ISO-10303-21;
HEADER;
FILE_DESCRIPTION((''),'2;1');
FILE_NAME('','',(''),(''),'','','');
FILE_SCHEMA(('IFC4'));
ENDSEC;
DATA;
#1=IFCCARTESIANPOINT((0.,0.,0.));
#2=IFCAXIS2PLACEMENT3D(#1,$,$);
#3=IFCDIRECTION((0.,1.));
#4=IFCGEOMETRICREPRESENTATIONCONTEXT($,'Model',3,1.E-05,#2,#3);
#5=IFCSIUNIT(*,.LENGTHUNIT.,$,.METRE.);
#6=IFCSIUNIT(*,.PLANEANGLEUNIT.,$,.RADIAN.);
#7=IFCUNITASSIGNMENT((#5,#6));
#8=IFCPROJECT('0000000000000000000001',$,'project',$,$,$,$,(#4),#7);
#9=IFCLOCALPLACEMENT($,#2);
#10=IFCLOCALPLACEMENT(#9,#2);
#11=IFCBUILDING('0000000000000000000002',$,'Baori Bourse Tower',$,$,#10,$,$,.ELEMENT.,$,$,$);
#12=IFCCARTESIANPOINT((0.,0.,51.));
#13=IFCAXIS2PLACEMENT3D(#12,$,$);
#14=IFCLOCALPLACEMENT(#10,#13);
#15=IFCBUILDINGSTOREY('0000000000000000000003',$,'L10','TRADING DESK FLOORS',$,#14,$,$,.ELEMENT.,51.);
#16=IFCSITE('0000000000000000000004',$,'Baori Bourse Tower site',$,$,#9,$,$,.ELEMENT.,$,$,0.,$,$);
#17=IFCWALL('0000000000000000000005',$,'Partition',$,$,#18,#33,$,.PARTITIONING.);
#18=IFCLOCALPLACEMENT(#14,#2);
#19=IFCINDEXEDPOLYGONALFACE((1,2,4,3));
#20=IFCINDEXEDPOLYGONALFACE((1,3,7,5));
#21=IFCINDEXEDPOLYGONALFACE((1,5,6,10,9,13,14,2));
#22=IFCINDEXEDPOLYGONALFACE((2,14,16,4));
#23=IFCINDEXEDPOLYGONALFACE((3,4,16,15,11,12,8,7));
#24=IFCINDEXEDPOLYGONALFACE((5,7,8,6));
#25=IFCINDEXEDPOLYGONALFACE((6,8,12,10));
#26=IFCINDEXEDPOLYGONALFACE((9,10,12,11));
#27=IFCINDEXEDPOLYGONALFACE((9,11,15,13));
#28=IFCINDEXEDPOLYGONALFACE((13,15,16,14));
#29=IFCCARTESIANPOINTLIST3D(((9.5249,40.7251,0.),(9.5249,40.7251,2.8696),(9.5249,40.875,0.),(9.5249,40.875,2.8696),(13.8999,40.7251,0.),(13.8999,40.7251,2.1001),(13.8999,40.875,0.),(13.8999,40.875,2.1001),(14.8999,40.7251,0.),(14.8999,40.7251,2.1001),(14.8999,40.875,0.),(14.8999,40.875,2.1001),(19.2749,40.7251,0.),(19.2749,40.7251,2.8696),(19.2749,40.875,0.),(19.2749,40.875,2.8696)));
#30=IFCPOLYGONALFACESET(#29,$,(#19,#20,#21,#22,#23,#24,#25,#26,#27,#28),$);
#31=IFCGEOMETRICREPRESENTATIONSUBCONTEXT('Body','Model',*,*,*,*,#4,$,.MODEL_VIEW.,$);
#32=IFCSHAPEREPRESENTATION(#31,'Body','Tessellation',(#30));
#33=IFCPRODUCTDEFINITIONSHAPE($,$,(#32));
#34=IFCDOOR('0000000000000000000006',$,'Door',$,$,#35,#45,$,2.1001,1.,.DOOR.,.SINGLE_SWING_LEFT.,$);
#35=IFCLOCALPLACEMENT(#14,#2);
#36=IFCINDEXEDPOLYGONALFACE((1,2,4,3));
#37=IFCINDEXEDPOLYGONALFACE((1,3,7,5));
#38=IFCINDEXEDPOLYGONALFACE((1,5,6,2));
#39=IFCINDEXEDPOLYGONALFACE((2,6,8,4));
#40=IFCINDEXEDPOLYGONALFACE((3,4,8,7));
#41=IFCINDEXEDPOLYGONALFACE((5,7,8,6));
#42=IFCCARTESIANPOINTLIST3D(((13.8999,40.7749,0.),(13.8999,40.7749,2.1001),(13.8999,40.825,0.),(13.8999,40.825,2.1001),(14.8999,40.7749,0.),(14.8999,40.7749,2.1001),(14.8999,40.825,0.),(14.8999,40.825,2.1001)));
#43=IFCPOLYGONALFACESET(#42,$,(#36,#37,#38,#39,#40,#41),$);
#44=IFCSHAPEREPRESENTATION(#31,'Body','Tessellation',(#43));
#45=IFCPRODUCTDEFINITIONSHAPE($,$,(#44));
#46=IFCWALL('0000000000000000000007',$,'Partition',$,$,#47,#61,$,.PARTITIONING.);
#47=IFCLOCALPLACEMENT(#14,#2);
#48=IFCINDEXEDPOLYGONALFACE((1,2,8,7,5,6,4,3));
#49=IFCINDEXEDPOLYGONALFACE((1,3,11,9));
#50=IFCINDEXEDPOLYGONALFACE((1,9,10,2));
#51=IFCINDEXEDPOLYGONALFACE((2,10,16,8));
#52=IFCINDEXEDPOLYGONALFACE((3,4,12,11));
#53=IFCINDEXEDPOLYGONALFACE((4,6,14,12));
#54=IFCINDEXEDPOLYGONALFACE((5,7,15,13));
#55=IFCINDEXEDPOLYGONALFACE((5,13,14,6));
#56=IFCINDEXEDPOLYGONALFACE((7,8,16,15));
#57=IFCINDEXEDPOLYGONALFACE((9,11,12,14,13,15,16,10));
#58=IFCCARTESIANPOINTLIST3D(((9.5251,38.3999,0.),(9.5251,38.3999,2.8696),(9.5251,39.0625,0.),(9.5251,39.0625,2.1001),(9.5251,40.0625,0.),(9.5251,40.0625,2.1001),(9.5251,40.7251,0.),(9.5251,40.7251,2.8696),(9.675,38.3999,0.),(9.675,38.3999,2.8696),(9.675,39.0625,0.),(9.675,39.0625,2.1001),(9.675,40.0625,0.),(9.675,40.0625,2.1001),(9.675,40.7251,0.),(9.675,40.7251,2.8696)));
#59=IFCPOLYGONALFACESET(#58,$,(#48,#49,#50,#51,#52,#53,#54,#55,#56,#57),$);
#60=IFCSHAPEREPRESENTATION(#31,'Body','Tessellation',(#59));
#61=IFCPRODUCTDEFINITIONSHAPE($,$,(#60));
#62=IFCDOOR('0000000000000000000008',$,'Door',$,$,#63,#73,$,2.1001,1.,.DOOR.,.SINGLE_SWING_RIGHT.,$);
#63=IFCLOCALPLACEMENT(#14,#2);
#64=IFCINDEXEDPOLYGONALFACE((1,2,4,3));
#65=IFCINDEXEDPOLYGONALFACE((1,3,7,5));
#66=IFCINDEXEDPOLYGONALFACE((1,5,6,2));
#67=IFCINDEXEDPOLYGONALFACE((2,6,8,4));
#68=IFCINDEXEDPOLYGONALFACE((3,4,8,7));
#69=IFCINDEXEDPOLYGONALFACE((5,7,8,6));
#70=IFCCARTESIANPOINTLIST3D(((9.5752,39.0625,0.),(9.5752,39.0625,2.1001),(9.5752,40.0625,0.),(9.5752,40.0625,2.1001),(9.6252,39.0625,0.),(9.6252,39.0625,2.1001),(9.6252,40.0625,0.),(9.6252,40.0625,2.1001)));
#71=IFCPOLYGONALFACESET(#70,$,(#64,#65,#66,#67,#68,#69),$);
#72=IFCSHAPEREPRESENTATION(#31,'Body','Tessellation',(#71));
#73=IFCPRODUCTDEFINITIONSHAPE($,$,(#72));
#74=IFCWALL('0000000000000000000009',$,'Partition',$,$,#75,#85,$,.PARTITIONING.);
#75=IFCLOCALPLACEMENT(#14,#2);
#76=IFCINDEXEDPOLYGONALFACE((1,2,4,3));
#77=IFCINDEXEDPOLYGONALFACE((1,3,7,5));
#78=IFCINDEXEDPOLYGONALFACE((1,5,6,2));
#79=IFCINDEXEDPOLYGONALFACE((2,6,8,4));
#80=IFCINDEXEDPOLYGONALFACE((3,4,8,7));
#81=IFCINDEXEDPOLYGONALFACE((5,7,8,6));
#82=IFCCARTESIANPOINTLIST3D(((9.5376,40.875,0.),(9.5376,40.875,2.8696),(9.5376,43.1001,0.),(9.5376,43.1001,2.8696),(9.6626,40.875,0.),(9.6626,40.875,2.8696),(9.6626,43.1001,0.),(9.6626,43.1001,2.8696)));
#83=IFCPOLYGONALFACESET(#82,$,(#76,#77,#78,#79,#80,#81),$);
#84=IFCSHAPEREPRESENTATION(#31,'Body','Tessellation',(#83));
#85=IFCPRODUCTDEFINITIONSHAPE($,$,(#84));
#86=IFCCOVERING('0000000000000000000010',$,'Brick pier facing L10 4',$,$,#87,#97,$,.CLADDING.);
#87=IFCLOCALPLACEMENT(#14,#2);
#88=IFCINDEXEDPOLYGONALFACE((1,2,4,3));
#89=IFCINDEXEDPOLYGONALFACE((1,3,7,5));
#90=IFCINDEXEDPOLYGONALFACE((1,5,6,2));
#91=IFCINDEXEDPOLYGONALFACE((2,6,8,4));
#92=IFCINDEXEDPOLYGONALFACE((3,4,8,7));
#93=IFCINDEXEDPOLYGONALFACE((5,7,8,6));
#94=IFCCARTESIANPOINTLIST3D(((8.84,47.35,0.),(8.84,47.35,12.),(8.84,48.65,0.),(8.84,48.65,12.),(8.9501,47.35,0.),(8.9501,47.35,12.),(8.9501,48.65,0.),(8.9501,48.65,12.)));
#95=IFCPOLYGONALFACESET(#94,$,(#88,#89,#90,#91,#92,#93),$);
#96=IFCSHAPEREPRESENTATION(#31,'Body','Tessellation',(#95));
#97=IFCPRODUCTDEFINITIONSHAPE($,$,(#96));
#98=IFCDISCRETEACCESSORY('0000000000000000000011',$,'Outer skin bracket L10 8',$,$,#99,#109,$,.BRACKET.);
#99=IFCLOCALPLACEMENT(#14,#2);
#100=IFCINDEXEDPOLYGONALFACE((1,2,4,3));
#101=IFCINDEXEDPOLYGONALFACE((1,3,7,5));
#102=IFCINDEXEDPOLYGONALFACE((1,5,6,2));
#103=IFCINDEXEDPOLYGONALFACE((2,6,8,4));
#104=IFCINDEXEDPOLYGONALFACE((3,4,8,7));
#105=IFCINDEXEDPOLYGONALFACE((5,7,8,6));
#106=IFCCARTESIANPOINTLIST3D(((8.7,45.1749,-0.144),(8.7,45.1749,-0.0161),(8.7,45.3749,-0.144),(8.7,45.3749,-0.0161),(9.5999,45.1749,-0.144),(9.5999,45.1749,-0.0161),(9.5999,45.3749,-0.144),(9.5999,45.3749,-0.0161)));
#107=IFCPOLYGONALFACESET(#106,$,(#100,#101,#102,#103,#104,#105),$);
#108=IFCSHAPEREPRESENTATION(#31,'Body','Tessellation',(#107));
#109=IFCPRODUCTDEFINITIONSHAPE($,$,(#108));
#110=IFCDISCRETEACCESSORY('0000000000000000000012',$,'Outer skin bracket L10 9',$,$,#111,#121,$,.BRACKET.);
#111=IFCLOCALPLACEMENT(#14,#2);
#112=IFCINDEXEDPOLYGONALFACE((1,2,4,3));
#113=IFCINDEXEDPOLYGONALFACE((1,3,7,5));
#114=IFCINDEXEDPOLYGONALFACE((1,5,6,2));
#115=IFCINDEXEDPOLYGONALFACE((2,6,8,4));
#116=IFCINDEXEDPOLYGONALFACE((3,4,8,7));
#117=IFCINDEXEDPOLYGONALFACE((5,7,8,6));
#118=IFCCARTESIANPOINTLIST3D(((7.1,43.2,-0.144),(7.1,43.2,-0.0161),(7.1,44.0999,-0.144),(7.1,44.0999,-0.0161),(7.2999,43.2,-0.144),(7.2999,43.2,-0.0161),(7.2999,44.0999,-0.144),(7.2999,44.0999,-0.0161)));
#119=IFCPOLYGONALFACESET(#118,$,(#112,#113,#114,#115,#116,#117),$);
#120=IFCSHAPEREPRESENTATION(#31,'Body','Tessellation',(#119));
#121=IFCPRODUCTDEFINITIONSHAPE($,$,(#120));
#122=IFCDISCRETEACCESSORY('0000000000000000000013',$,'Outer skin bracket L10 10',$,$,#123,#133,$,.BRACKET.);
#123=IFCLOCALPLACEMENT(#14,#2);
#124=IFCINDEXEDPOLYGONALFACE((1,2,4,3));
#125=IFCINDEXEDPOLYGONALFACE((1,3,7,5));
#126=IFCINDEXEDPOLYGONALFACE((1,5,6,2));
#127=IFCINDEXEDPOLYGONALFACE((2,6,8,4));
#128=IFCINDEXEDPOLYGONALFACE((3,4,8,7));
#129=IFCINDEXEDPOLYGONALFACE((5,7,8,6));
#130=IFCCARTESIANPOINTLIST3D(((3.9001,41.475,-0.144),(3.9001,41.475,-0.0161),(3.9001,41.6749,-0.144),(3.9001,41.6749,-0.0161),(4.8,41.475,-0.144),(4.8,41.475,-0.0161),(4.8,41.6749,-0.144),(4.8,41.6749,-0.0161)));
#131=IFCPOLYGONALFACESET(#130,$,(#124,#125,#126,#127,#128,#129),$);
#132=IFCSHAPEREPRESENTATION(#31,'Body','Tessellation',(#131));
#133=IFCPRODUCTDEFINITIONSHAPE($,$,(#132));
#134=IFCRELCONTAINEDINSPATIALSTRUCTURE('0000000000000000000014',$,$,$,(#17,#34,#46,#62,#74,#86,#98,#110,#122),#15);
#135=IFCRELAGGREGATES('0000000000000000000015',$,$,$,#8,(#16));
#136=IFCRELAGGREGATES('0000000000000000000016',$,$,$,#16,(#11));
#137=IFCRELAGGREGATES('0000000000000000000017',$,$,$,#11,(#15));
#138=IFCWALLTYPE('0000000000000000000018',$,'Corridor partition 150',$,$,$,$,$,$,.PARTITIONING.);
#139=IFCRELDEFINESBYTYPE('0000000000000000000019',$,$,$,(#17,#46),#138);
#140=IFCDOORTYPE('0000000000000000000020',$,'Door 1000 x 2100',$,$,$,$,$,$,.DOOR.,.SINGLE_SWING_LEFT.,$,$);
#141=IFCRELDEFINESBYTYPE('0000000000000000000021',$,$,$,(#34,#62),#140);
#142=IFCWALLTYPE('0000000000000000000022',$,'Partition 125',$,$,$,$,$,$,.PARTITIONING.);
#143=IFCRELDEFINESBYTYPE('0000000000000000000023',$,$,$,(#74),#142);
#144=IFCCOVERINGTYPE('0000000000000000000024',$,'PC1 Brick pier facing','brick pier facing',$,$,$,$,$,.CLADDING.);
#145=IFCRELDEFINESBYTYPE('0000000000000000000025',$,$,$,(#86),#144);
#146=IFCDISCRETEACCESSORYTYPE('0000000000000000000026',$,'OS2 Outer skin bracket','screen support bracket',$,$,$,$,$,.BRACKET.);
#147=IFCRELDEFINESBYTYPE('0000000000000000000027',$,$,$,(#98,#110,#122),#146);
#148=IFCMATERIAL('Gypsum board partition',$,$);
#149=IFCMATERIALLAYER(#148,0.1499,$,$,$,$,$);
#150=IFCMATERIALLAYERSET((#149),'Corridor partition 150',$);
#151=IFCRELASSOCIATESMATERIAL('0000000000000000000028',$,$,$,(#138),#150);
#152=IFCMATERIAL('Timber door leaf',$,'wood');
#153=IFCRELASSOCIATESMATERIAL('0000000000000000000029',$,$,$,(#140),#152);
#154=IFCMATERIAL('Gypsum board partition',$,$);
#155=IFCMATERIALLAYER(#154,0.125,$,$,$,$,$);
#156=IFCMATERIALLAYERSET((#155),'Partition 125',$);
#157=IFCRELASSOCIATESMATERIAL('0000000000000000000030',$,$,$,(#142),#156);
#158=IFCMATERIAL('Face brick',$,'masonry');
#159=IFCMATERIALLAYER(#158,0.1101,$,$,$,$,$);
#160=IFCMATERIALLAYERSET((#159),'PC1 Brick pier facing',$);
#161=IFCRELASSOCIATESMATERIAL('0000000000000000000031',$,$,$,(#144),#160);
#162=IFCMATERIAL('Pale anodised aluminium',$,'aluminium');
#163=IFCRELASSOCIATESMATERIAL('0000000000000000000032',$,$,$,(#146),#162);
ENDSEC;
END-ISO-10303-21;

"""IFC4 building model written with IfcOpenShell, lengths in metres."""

from ifc_helpers import new_model, si_unit, direction, frame, frame_2d, origin, origin_2d, place, context, subcontext, project, spatial, rectangle, extrude, material, layer, layer_set, type_object, element, fill, save


model = new_model("IFC4")

# Units and contexts
model_context = context("Model", 3, precision=1e-05, world=origin(), true_north=direction((0.0, 1.0)))
body_context = subcontext(model_context, "Body", "Model", "MODEL_VIEW")
ifc_project = project(units=[si_unit("LENGTHUNIT", "METRE"), si_unit("PLANEANGLEUNIT", "RADIAN")], contexts=[model_context])

# Site, building, storey
site_placement = place(None, origin())
site = spatial("IfcSite", under=ifc_project, at=site_placement, Name="Baori Bourse Tower site", CompositionType="ELEMENT", RefElevation=0.0)
building_placement = place(site_placement, origin())
building = spatial("IfcBuilding", under=site, at=building_placement, Name="Baori Bourse Tower", CompositionType="ELEMENT")
storey_placement = place(building_placement, frame((0.0, 0.0, 51.0)))
storey = spatial("IfcBuildingStorey", under=building, at=storey_placement, Name="L10", Description="TRADING DESK FLOORS", CompositionType="ELEMENT", Elevation=51.0)

# Walls, openings, doors
ifc_material_1 = material(Name="Gypsum board partition")
ifc_layer_1 = layer(ifc_material_1, 0.1499)
ifc_layer_set_1 = layer_set([ifc_layer_1], Name="Corridor partition 150")
wall_type_1 = type_object("IfcWallType", Name="Corridor partition 150", PredefinedType="PARTITIONING", material=ifc_layer_set_1)
wall_1_placement = place(storey_placement, frame((9.5249, 40.8, 0.0), z_axis=(0.0, 0.0, 1.0), x_axis=(1.0, 0.0, 0.0)))
wall_1 = element("IfcWall", 1, at=wall_1_placement, inside=storey, type_object=wall_type_1, Name="Partition", PredefinedType="PARTITIONING", context=body_context, shape_type="SweptSolid", body=[
    extrude(rectangle(XDim=9.75, YDim=0.1499, at=frame_2d((4.875, 0.0))), origin(), (0.0, 0.0, 1.0), 2.8696),
])
opening_1_placement = place(wall_1_placement, frame((4.375, 0.0, 0.0)))
opening_1 = element("IfcOpeningElement", 2, at=opening_1_placement, cuts=wall_1, PredefinedType="OPENING", context=body_context, shape_type="SweptSolid", body=[
    extrude(rectangle(XDim=1.0, YDim=2.1001, at=frame_2d((0.5, 1.05))), frame((0.0, 0.085, 0.0), z_axis=(0.0, -1.0, 0.0), x_axis=(1.0, 0.0, 0.0)), (0.0, 0.0, 1.0), 0.1699),
])
ifc_material_2 = material(Name="Timber door leaf", Category="wood")
door_type = type_object("IfcDoorType", Name="Door 1000 x 2100", OperationType="SINGLE_SWING_LEFT", PredefinedType="DOOR", material=ifc_material_2)
door_1_placement = place(opening_1_placement, origin())
door_1 = element("IfcDoor", 3, at=door_1_placement, inside=storey, type_object=door_type, Name="Door", OperationType="SINGLE_SWING_LEFT", OverallHeight=2.1001, OverallWidth=1.0, PredefinedType="DOOR", context=body_context, shape_type="SweptSolid", body=[
    extrude(rectangle(XDim=1.0, YDim=2.1001, at=frame_2d((0.5, 1.05))), frame((0.0, 0.0249, 0.0), z_axis=(0.0, -1.0, 0.0), x_axis=(1.0, 0.0, 0.0)), (0.0, 0.0, 1.0), 0.05),
])
fill(opening_1, door_1)
wall_2_placement = place(storey_placement, frame((9.6001, 38.3999, 0.0), z_axis=(0.0, 0.0, 1.0), x_axis=(0.0, 1.0, 0.0)))
wall_2 = element("IfcWall", 4, at=wall_2_placement, inside=storey, type_object=wall_type_1, Name="Partition", PredefinedType="PARTITIONING", context=body_context, shape_type="SweptSolid", body=[
    extrude(rectangle(XDim=2.3252, YDim=0.1499, at=frame_2d((1.1626, 0.0))), origin(), (0.0, 0.0, 1.0), 2.8696),
])
opening_2_placement = place(wall_2_placement, frame((0.6626, 0.0, 0.0)))
opening_2 = element("IfcOpeningElement", 5, at=opening_2_placement, cuts=wall_2, PredefinedType="OPENING", context=body_context, shape_type="SweptSolid", body=[
    extrude(rectangle(XDim=1.0, YDim=2.1001, at=frame_2d((0.5, 1.05))), frame((0.0, 0.085, 0.0), z_axis=(0.0, -1.0, 0.0), x_axis=(1.0, 0.0, 0.0)), (0.0, 0.0, 1.0), 0.1699),
])
door_2_placement = place(opening_2_placement, origin())
door_2 = element("IfcDoor", 6, at=door_2_placement, inside=storey, type_object=door_type, Name="Door", OperationType="SINGLE_SWING_RIGHT", OverallHeight=2.1001, OverallWidth=1.0, PredefinedType="DOOR", context=body_context, shape_type="SweptSolid", body=[
    extrude(rectangle(XDim=1.0, YDim=2.1001, at=frame_2d((0.5, 1.05))), frame((0.0, 0.0249, 0.0), z_axis=(0.0, -1.0, 0.0), x_axis=(1.0, 0.0, 0.0)), (0.0, 0.0, 1.0), 0.05),
])
fill(opening_2, door_2)

# Wall
ifc_material_3 = material(Name="Gypsum board partition")
ifc_layer_2 = layer(ifc_material_3, 0.125)
ifc_layer_set_2 = layer_set([ifc_layer_2], Name="Partition 125")
wall_type_2 = type_object("IfcWallType", Name="Partition 125", PredefinedType="PARTITIONING", material=ifc_layer_set_2)
wall_3_placement = place(storey_placement, frame((9.6001, 40.875, 0.0), z_axis=(0.0, 0.0, 1.0), x_axis=(0.0, 1.0, 0.0)))
element("IfcWall", 7, at=wall_3_placement, inside=storey, type_object=wall_type_2, Name="Partition", PredefinedType="PARTITIONING", context=body_context, shape_type="SweptSolid", body=[
    extrude(rectangle(XDim=2.2251, YDim=0.125, at=frame_2d((1.1125, 0.0))), origin(), (0.0, 0.0, 1.0), 2.8696),
])

# Covering
ifc_material_4 = material(Name="Face brick", Category="masonry")
ifc_layer_3 = layer(ifc_material_4, 0.1101)
ifc_layer_set_3 = layer_set([ifc_layer_3], Name="PC1 Brick pier facing")
covering_type = type_object("IfcCoveringType", Name="PC1 Brick pier facing", Description="brick pier facing", PredefinedType="CLADDING", material=ifc_layer_set_3)
covering_placement = place(storey_placement, frame((8.895, 48.0, 0.0), z_axis=(0.0, 0.0, 1.0), x_axis=(1.0, 0.0, 0.0)))
element("IfcCovering", 8, at=covering_placement, inside=storey, type_object=covering_type, Name="Brick pier facing L10 4", PredefinedType="CLADDING", context=body_context, shape_type="SweptSolid", body=[
    extrude(rectangle(XDim=0.1101, YDim=1.3, at=origin_2d()), origin(), (0.0, 0.0, 1.0), 12.0),
])

# Discrete accessories
ifc_material_5 = material(Name="Pale anodised aluminium", Category="aluminium")
discrete_accessory_type = type_object("IfcDiscreteAccessoryType", Name="OS2 Outer skin bracket", Description="screen support bracket", PredefinedType="BRACKET", material=ifc_material_5)
for number, where, z_axis, x_axis, name in (
    (9, (9.1499, 45.2749, -0.144), (0.0, 0.0, 1.0), (0.0, -1.0, 0.0), "Outer skin bracket L10 8"),
    (10, (7.2, 43.6499, -0.144), (0.0, 0.0, 1.0), (-1.0, 0.0, 0.0), "Outer skin bracket L10 9"),
    (11, (4.3501, 41.575, -0.144), (0.0, 0.0, 1.0), (0.0, -1.0, 0.0), "Outer skin bracket L10 10"),
):
    element("IfcDiscreteAccessory", number, at=place(storey_placement, frame(where, z_axis=z_axis, x_axis=x_axis)), inside=storey, type_object=discrete_accessory_type, Name=name, PredefinedType="BRACKET", context=body_context, shape_type="SweptSolid", body=[
        extrude(rectangle(XDim=0.2, YDim=0.8999, at=origin_2d()), origin(), (0.0, 0.0, 1.0), 0.1279),
    ])

save(model, "model.ifc")
